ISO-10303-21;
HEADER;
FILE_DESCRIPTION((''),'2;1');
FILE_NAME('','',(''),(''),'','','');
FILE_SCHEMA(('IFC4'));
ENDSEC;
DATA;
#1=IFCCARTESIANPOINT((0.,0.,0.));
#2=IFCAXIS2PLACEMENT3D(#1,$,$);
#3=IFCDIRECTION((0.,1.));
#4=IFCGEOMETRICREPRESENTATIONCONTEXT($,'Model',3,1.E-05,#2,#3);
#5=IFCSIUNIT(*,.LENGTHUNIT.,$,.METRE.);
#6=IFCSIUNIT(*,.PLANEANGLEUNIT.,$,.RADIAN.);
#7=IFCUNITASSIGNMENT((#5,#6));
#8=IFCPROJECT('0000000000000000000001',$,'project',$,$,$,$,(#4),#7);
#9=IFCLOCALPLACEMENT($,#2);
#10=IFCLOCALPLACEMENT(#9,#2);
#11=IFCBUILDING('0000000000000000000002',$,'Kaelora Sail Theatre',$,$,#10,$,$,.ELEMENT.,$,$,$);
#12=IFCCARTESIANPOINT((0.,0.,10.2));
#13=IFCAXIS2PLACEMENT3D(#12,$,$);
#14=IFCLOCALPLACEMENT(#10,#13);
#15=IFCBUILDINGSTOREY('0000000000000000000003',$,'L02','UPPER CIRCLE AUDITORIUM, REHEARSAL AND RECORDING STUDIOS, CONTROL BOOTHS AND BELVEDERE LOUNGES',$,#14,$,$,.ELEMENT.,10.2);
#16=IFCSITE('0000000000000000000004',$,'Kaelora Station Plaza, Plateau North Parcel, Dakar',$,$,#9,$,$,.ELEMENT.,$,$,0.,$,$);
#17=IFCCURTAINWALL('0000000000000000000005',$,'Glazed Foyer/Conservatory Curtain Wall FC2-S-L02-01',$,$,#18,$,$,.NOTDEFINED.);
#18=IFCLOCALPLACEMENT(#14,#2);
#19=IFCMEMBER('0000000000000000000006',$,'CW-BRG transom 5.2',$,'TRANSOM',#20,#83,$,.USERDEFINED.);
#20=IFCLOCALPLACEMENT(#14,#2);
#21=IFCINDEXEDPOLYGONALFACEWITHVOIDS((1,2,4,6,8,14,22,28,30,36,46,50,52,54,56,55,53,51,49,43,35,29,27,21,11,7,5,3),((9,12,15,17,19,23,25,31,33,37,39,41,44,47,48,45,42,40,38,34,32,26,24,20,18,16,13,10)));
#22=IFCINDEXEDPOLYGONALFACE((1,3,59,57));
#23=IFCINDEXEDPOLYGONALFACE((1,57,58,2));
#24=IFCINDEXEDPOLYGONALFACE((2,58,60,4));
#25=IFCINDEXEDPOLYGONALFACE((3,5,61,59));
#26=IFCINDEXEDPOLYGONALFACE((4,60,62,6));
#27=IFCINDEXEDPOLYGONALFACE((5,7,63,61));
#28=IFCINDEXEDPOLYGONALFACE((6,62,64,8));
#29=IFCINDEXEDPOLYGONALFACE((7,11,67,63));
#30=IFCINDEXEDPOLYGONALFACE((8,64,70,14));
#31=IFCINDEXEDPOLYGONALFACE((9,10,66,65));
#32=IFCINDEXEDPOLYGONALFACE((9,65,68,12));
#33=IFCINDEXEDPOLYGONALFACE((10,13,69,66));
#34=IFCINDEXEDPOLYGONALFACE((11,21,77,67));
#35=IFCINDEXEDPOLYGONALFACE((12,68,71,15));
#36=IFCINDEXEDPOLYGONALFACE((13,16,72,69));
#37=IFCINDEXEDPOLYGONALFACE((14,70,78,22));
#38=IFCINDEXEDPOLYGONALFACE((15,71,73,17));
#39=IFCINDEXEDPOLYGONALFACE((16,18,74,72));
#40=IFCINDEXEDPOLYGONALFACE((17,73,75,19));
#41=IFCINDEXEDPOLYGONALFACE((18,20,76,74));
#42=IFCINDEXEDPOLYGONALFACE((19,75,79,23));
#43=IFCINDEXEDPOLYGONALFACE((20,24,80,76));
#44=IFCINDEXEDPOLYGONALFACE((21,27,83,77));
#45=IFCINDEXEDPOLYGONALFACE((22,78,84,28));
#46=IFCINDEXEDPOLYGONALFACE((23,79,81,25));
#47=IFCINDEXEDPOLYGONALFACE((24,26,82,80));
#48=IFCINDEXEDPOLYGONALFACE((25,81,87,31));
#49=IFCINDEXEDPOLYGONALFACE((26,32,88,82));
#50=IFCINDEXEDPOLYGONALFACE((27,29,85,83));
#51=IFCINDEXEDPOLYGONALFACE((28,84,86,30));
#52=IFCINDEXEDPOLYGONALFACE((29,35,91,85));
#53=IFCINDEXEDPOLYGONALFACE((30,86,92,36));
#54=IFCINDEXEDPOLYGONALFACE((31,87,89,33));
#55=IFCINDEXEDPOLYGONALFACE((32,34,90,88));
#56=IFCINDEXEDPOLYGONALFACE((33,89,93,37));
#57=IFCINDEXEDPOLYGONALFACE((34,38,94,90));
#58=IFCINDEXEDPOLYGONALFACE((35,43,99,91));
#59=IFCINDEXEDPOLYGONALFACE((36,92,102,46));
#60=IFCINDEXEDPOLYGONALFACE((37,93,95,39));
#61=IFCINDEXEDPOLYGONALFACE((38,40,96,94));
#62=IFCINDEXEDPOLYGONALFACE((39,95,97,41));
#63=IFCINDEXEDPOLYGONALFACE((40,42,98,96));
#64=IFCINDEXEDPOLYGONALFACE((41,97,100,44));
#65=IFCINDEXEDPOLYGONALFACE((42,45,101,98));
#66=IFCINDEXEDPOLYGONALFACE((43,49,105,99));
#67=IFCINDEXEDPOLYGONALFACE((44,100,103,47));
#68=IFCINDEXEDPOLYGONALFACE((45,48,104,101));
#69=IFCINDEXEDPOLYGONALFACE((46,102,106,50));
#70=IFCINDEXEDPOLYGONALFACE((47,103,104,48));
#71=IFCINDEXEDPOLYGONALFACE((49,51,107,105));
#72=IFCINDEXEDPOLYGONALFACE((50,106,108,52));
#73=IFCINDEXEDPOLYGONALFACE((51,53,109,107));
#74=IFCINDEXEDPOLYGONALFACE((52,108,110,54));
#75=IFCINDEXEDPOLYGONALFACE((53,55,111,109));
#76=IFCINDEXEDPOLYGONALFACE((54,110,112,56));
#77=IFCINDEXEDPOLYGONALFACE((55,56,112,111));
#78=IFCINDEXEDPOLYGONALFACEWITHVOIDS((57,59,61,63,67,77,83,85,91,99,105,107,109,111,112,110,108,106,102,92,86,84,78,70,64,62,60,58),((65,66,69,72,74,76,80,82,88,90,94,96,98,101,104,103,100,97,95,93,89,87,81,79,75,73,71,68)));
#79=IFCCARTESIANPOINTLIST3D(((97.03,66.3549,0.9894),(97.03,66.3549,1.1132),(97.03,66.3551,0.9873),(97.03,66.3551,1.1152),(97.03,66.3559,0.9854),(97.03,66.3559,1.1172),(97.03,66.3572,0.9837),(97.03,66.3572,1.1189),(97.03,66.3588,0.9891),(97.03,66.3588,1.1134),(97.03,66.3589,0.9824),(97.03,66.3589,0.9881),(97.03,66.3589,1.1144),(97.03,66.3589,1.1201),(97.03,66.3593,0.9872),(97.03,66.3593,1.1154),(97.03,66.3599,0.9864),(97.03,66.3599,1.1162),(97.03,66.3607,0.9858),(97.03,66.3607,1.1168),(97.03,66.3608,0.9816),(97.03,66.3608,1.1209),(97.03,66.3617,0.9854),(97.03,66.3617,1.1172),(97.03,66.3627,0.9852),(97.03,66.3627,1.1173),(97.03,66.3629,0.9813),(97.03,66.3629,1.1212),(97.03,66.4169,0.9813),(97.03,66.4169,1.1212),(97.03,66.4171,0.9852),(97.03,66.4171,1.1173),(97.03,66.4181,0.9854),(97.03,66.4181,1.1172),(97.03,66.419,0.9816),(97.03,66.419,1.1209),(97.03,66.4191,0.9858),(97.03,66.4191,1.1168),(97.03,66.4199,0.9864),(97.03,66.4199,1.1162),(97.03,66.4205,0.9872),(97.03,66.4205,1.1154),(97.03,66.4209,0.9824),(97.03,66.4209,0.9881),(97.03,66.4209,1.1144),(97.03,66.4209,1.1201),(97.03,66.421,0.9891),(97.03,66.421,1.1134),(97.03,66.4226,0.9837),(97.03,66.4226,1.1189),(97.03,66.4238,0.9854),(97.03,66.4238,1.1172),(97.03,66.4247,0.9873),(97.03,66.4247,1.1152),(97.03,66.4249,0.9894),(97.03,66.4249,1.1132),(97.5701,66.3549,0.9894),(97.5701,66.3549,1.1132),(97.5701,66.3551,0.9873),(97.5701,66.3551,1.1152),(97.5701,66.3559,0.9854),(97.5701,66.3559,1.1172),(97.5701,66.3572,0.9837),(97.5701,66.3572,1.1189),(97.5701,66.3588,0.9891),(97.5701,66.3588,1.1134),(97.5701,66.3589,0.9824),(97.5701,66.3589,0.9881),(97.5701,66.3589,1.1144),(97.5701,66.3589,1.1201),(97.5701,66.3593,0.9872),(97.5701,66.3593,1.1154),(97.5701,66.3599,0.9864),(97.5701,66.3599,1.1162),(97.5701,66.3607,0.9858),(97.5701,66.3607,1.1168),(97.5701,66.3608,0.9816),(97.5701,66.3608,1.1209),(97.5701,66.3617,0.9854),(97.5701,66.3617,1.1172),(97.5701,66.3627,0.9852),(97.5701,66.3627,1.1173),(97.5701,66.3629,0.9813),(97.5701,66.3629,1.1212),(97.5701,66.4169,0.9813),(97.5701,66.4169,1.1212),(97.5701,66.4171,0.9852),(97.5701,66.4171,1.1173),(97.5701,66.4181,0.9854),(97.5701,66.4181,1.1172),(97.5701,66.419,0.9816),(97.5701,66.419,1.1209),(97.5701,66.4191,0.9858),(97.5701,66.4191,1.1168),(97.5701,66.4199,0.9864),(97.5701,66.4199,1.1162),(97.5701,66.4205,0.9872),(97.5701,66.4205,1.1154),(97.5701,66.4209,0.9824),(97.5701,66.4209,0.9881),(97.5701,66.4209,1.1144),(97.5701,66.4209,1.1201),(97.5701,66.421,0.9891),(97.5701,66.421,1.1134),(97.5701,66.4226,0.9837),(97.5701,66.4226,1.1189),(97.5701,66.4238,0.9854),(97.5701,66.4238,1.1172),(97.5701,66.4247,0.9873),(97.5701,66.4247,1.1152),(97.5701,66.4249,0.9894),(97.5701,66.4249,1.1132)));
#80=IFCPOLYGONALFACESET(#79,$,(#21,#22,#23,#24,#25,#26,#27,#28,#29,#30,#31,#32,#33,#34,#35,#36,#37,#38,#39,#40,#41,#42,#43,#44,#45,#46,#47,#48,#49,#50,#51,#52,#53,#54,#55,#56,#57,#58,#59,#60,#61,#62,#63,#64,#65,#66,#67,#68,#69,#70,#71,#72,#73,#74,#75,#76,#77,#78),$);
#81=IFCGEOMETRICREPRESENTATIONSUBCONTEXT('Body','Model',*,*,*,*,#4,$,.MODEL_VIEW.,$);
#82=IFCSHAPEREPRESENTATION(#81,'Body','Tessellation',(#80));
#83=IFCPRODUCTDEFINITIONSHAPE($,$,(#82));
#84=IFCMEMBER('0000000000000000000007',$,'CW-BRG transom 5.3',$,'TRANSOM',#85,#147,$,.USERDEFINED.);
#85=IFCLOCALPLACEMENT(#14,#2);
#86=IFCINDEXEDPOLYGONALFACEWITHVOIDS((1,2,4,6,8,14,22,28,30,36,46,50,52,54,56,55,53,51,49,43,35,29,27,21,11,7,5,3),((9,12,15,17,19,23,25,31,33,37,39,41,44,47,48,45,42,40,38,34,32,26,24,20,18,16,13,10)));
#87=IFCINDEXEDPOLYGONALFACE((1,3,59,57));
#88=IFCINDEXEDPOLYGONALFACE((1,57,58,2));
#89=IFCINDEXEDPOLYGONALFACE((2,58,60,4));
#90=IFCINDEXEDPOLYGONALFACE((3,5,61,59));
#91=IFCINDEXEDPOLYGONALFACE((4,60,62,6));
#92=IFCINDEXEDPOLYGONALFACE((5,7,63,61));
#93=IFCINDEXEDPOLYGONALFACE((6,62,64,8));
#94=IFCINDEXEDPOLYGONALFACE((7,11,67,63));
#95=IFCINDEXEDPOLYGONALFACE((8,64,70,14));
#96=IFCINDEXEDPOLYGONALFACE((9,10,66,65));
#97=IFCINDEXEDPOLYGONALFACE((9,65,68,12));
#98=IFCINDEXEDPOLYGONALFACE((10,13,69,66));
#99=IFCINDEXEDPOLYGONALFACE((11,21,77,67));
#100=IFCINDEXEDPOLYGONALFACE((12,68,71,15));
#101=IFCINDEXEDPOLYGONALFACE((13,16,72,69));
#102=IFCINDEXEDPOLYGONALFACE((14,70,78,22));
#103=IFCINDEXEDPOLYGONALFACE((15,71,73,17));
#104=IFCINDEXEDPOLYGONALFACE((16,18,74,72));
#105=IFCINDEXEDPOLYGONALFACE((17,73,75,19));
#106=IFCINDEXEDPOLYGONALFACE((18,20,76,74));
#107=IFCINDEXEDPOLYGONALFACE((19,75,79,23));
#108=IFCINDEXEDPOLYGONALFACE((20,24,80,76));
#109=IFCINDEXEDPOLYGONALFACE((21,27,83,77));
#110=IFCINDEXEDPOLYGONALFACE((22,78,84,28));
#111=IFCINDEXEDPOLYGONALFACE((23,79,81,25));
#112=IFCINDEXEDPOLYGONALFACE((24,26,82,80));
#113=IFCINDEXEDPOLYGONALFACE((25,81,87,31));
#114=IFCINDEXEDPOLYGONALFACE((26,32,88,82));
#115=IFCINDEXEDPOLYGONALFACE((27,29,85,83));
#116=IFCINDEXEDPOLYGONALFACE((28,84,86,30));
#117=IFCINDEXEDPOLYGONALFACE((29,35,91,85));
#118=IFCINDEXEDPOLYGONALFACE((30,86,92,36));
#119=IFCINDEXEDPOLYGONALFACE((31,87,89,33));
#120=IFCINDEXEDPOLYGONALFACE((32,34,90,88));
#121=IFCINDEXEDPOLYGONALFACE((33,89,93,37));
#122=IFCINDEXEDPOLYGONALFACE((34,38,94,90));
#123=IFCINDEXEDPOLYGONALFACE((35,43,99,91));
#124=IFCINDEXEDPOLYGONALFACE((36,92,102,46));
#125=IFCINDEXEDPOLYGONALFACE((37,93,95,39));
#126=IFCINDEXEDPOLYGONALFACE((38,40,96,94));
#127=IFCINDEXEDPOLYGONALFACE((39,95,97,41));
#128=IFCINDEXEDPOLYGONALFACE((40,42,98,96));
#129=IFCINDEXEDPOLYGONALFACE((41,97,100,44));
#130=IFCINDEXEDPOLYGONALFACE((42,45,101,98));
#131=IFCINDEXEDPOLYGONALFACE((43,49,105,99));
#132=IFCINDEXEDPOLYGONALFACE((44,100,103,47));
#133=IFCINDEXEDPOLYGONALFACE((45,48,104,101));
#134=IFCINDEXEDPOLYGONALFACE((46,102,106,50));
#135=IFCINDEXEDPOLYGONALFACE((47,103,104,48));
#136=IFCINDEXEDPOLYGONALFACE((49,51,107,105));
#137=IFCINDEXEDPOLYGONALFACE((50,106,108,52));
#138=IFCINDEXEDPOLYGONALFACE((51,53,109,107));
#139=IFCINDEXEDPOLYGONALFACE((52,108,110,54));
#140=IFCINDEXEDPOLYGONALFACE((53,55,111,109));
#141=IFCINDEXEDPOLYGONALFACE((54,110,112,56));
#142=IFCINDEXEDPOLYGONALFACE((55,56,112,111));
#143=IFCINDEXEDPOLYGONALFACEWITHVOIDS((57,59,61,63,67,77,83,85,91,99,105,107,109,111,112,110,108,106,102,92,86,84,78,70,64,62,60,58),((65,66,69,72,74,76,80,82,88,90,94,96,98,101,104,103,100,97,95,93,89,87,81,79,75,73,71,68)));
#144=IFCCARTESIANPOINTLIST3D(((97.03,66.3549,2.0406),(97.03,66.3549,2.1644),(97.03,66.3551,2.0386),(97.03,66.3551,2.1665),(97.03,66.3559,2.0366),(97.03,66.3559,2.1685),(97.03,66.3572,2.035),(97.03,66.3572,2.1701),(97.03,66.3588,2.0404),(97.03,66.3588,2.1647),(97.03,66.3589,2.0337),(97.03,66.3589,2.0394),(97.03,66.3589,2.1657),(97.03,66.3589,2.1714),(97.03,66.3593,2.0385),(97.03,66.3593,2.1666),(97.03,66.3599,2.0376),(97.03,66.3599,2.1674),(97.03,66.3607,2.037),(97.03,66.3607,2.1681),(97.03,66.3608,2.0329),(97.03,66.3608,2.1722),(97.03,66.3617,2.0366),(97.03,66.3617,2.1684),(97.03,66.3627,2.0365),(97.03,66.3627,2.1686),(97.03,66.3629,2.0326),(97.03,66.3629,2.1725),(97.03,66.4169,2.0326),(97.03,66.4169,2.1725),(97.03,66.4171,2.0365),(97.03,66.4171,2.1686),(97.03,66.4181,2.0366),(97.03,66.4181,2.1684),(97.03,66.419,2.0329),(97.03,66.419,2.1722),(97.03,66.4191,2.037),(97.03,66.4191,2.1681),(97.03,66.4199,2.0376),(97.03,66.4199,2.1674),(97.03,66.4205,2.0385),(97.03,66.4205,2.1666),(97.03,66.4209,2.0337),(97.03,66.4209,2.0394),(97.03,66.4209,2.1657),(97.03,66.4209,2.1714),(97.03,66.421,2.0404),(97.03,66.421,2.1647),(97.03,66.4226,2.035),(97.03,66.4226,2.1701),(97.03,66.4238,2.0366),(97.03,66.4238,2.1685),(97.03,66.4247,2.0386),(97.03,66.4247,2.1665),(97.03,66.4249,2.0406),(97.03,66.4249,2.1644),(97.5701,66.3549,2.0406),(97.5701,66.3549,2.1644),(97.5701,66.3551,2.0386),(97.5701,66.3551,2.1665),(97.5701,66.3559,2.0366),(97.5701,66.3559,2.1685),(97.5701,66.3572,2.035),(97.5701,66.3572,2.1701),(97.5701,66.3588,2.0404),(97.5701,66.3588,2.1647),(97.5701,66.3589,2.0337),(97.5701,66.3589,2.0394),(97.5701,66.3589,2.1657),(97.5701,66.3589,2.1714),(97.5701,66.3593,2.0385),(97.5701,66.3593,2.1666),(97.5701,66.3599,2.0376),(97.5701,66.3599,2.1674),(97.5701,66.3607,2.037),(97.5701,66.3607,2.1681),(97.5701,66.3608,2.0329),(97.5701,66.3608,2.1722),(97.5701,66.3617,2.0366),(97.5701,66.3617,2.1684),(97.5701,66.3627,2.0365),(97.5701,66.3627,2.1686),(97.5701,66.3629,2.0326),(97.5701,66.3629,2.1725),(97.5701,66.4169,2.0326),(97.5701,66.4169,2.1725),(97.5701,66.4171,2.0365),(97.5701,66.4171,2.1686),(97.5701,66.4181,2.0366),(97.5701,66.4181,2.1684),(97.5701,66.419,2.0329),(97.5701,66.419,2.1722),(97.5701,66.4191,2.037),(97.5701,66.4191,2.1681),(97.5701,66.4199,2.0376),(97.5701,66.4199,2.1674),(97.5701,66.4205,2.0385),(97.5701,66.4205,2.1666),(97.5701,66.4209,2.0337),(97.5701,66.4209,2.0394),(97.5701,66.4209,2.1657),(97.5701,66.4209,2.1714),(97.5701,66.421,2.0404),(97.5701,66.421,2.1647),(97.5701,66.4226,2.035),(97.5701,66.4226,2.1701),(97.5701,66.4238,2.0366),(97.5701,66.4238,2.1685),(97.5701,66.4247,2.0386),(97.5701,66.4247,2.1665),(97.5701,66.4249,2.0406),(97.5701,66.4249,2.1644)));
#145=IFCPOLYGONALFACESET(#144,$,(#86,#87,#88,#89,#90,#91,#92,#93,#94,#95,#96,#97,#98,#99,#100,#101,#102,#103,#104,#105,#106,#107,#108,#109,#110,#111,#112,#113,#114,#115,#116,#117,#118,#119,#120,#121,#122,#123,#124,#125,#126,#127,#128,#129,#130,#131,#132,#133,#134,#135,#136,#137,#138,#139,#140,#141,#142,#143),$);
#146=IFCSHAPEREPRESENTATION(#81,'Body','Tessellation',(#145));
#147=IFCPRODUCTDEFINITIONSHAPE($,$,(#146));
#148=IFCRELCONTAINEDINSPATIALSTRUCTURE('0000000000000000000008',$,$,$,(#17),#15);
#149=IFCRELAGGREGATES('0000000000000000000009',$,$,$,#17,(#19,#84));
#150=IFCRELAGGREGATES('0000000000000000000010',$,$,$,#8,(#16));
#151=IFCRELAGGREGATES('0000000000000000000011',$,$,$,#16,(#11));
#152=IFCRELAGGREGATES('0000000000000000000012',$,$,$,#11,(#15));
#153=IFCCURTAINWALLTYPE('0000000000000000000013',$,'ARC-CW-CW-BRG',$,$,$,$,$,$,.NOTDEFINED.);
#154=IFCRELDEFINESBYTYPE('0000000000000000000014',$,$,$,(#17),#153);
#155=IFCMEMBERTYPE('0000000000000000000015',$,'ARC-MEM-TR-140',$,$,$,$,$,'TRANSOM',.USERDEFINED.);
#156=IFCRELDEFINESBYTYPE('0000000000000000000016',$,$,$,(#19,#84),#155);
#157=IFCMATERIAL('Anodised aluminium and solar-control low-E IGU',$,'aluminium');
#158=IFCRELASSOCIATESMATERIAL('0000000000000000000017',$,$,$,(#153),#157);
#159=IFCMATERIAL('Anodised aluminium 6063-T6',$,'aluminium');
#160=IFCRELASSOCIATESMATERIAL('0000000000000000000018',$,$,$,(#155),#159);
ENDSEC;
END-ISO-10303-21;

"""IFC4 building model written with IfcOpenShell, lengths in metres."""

from ifc_helpers import new_model, si_unit, direction, frame, origin, origin_2d, place, context, subcontext, project, spatial, hollow_rectangle, extrude, material, material_profile, profile_set, type_object, element, aggregate, save


model = new_model("IFC4")

# Units and contexts
model_context = context("Model", 3, precision=1e-05, world=origin(), true_north=direction((0.0, 1.0)))
body_context = subcontext(model_context, "Body", "Model", "MODEL_VIEW")
ifc_project = project(units=[si_unit("LENGTHUNIT", "METRE"), si_unit("PLANEANGLEUNIT", "RADIAN")], contexts=[model_context])

# Site, building, storey
site_placement = place(None, origin())
site = spatial("IfcSite", under=ifc_project, at=site_placement, Name="Kaelora Station Plaza, Plateau North Parcel, Dakar", CompositionType="ELEMENT", RefElevation=0.0)
building_placement = place(site_placement, origin())
building = spatial("IfcBuilding", under=site, at=building_placement, Name="Kaelora Sail Theatre", CompositionType="ELEMENT")
storey_placement = place(building_placement, frame((0.0, 0.0, 10.2)))
storey = spatial("IfcBuildingStorey", under=building, at=storey_placement, Name="L02", Description="UPPER CIRCLE AUDITORIUM, REHEARSAL AND RECORDING STUDIOS, CONTROL BOOTHS AND BELVEDERE LOUNGES", CompositionType="ELEMENT", Elevation=10.2)

# Curtain wall
ifc_material_1 = material(Name="Anodised aluminium and solar-control low-E IGU", Category="aluminium")
curtain_wall_type = type_object("IfcCurtainWallType", Name="ARC-CW-CW-BRG", PredefinedType="NOTDEFINED", material=ifc_material_1)
curtain_wall_1_placement = place(storey_placement, origin())
curtain_wall_1 = element("IfcCurtainWall", 1, at=curtain_wall_1_placement, inside=storey, type_object=curtain_wall_type, Name="Glazed Foyer/Conservatory Curtain Wall FC2-S-L02-01", PredefinedType="NOTDEFINED")

# Members
ifc_material_2 = material(Name="Anodised aluminium 6063-T6", Category="aluminium")
ifc_material_profile_1 = material_profile(ifc_material_2, hollow_rectangle(XDim=0.0701, YDim=0.1399, WallThickness=0.0039, InnerFilletRadius=0.0039, OuterFilletRadius=0.0081, at=origin_2d()), Name="ALU-TRAN 70x140x4")
ifc_profile_set_1 = profile_set([ifc_material_profile_1], Name="Anodised aluminium 6063-T6")
member_type_1 = type_object("IfcMemberType", Name="ARC-MEM-TR-140", ElementType="TRANSOM", PredefinedType="USERDEFINED", material=ifc_profile_set_1)
member_1_placement = place(storey_placement, frame((97.03, 66.3899, 1.0513), z_axis=(1.0, 0.0, 0.0), x_axis=(0.0, 1.0, 0.0)))
member_1 = element("IfcMember", 2, at=member_1_placement, type_object=member_type_1, Name="CW-BRG transom 5.2", ObjectType="TRANSOM", PredefinedType="USERDEFINED", context=body_context, shape_type="SweptSolid", body=[
    extrude(hollow_rectangle(XDim=0.0701, YDim=0.1399, WallThickness=0.0039, InnerFilletRadius=0.0039, OuterFilletRadius=0.0081, at=origin_2d()), origin(), (0.0, 0.0, 1.0), 0.54),
])
member_2_placement = place(storey_placement, frame((97.03, 66.3899, 2.1025), z_axis=(1.0, 0.0, 0.0), x_axis=(0.0, 1.0, 0.0)))
member_2 = element("IfcMember", 3, at=member_2_placement, type_object=member_type_1, Name="CW-BRG transom 5.3", ObjectType="TRANSOM", PredefinedType="USERDEFINED", context=body_context, shape_type="SweptSolid", body=[
    extrude(hollow_rectangle(XDim=0.0701, YDim=0.1399, WallThickness=0.0039, InnerFilletRadius=0.0039, OuterFilletRadius=0.0081, at=origin_2d()), origin(), (0.0, 0.0, 1.0), 0.54),
])

aggregate(curtain_wall_1, [member_1, member_2])

save(model, "model.ifc")
